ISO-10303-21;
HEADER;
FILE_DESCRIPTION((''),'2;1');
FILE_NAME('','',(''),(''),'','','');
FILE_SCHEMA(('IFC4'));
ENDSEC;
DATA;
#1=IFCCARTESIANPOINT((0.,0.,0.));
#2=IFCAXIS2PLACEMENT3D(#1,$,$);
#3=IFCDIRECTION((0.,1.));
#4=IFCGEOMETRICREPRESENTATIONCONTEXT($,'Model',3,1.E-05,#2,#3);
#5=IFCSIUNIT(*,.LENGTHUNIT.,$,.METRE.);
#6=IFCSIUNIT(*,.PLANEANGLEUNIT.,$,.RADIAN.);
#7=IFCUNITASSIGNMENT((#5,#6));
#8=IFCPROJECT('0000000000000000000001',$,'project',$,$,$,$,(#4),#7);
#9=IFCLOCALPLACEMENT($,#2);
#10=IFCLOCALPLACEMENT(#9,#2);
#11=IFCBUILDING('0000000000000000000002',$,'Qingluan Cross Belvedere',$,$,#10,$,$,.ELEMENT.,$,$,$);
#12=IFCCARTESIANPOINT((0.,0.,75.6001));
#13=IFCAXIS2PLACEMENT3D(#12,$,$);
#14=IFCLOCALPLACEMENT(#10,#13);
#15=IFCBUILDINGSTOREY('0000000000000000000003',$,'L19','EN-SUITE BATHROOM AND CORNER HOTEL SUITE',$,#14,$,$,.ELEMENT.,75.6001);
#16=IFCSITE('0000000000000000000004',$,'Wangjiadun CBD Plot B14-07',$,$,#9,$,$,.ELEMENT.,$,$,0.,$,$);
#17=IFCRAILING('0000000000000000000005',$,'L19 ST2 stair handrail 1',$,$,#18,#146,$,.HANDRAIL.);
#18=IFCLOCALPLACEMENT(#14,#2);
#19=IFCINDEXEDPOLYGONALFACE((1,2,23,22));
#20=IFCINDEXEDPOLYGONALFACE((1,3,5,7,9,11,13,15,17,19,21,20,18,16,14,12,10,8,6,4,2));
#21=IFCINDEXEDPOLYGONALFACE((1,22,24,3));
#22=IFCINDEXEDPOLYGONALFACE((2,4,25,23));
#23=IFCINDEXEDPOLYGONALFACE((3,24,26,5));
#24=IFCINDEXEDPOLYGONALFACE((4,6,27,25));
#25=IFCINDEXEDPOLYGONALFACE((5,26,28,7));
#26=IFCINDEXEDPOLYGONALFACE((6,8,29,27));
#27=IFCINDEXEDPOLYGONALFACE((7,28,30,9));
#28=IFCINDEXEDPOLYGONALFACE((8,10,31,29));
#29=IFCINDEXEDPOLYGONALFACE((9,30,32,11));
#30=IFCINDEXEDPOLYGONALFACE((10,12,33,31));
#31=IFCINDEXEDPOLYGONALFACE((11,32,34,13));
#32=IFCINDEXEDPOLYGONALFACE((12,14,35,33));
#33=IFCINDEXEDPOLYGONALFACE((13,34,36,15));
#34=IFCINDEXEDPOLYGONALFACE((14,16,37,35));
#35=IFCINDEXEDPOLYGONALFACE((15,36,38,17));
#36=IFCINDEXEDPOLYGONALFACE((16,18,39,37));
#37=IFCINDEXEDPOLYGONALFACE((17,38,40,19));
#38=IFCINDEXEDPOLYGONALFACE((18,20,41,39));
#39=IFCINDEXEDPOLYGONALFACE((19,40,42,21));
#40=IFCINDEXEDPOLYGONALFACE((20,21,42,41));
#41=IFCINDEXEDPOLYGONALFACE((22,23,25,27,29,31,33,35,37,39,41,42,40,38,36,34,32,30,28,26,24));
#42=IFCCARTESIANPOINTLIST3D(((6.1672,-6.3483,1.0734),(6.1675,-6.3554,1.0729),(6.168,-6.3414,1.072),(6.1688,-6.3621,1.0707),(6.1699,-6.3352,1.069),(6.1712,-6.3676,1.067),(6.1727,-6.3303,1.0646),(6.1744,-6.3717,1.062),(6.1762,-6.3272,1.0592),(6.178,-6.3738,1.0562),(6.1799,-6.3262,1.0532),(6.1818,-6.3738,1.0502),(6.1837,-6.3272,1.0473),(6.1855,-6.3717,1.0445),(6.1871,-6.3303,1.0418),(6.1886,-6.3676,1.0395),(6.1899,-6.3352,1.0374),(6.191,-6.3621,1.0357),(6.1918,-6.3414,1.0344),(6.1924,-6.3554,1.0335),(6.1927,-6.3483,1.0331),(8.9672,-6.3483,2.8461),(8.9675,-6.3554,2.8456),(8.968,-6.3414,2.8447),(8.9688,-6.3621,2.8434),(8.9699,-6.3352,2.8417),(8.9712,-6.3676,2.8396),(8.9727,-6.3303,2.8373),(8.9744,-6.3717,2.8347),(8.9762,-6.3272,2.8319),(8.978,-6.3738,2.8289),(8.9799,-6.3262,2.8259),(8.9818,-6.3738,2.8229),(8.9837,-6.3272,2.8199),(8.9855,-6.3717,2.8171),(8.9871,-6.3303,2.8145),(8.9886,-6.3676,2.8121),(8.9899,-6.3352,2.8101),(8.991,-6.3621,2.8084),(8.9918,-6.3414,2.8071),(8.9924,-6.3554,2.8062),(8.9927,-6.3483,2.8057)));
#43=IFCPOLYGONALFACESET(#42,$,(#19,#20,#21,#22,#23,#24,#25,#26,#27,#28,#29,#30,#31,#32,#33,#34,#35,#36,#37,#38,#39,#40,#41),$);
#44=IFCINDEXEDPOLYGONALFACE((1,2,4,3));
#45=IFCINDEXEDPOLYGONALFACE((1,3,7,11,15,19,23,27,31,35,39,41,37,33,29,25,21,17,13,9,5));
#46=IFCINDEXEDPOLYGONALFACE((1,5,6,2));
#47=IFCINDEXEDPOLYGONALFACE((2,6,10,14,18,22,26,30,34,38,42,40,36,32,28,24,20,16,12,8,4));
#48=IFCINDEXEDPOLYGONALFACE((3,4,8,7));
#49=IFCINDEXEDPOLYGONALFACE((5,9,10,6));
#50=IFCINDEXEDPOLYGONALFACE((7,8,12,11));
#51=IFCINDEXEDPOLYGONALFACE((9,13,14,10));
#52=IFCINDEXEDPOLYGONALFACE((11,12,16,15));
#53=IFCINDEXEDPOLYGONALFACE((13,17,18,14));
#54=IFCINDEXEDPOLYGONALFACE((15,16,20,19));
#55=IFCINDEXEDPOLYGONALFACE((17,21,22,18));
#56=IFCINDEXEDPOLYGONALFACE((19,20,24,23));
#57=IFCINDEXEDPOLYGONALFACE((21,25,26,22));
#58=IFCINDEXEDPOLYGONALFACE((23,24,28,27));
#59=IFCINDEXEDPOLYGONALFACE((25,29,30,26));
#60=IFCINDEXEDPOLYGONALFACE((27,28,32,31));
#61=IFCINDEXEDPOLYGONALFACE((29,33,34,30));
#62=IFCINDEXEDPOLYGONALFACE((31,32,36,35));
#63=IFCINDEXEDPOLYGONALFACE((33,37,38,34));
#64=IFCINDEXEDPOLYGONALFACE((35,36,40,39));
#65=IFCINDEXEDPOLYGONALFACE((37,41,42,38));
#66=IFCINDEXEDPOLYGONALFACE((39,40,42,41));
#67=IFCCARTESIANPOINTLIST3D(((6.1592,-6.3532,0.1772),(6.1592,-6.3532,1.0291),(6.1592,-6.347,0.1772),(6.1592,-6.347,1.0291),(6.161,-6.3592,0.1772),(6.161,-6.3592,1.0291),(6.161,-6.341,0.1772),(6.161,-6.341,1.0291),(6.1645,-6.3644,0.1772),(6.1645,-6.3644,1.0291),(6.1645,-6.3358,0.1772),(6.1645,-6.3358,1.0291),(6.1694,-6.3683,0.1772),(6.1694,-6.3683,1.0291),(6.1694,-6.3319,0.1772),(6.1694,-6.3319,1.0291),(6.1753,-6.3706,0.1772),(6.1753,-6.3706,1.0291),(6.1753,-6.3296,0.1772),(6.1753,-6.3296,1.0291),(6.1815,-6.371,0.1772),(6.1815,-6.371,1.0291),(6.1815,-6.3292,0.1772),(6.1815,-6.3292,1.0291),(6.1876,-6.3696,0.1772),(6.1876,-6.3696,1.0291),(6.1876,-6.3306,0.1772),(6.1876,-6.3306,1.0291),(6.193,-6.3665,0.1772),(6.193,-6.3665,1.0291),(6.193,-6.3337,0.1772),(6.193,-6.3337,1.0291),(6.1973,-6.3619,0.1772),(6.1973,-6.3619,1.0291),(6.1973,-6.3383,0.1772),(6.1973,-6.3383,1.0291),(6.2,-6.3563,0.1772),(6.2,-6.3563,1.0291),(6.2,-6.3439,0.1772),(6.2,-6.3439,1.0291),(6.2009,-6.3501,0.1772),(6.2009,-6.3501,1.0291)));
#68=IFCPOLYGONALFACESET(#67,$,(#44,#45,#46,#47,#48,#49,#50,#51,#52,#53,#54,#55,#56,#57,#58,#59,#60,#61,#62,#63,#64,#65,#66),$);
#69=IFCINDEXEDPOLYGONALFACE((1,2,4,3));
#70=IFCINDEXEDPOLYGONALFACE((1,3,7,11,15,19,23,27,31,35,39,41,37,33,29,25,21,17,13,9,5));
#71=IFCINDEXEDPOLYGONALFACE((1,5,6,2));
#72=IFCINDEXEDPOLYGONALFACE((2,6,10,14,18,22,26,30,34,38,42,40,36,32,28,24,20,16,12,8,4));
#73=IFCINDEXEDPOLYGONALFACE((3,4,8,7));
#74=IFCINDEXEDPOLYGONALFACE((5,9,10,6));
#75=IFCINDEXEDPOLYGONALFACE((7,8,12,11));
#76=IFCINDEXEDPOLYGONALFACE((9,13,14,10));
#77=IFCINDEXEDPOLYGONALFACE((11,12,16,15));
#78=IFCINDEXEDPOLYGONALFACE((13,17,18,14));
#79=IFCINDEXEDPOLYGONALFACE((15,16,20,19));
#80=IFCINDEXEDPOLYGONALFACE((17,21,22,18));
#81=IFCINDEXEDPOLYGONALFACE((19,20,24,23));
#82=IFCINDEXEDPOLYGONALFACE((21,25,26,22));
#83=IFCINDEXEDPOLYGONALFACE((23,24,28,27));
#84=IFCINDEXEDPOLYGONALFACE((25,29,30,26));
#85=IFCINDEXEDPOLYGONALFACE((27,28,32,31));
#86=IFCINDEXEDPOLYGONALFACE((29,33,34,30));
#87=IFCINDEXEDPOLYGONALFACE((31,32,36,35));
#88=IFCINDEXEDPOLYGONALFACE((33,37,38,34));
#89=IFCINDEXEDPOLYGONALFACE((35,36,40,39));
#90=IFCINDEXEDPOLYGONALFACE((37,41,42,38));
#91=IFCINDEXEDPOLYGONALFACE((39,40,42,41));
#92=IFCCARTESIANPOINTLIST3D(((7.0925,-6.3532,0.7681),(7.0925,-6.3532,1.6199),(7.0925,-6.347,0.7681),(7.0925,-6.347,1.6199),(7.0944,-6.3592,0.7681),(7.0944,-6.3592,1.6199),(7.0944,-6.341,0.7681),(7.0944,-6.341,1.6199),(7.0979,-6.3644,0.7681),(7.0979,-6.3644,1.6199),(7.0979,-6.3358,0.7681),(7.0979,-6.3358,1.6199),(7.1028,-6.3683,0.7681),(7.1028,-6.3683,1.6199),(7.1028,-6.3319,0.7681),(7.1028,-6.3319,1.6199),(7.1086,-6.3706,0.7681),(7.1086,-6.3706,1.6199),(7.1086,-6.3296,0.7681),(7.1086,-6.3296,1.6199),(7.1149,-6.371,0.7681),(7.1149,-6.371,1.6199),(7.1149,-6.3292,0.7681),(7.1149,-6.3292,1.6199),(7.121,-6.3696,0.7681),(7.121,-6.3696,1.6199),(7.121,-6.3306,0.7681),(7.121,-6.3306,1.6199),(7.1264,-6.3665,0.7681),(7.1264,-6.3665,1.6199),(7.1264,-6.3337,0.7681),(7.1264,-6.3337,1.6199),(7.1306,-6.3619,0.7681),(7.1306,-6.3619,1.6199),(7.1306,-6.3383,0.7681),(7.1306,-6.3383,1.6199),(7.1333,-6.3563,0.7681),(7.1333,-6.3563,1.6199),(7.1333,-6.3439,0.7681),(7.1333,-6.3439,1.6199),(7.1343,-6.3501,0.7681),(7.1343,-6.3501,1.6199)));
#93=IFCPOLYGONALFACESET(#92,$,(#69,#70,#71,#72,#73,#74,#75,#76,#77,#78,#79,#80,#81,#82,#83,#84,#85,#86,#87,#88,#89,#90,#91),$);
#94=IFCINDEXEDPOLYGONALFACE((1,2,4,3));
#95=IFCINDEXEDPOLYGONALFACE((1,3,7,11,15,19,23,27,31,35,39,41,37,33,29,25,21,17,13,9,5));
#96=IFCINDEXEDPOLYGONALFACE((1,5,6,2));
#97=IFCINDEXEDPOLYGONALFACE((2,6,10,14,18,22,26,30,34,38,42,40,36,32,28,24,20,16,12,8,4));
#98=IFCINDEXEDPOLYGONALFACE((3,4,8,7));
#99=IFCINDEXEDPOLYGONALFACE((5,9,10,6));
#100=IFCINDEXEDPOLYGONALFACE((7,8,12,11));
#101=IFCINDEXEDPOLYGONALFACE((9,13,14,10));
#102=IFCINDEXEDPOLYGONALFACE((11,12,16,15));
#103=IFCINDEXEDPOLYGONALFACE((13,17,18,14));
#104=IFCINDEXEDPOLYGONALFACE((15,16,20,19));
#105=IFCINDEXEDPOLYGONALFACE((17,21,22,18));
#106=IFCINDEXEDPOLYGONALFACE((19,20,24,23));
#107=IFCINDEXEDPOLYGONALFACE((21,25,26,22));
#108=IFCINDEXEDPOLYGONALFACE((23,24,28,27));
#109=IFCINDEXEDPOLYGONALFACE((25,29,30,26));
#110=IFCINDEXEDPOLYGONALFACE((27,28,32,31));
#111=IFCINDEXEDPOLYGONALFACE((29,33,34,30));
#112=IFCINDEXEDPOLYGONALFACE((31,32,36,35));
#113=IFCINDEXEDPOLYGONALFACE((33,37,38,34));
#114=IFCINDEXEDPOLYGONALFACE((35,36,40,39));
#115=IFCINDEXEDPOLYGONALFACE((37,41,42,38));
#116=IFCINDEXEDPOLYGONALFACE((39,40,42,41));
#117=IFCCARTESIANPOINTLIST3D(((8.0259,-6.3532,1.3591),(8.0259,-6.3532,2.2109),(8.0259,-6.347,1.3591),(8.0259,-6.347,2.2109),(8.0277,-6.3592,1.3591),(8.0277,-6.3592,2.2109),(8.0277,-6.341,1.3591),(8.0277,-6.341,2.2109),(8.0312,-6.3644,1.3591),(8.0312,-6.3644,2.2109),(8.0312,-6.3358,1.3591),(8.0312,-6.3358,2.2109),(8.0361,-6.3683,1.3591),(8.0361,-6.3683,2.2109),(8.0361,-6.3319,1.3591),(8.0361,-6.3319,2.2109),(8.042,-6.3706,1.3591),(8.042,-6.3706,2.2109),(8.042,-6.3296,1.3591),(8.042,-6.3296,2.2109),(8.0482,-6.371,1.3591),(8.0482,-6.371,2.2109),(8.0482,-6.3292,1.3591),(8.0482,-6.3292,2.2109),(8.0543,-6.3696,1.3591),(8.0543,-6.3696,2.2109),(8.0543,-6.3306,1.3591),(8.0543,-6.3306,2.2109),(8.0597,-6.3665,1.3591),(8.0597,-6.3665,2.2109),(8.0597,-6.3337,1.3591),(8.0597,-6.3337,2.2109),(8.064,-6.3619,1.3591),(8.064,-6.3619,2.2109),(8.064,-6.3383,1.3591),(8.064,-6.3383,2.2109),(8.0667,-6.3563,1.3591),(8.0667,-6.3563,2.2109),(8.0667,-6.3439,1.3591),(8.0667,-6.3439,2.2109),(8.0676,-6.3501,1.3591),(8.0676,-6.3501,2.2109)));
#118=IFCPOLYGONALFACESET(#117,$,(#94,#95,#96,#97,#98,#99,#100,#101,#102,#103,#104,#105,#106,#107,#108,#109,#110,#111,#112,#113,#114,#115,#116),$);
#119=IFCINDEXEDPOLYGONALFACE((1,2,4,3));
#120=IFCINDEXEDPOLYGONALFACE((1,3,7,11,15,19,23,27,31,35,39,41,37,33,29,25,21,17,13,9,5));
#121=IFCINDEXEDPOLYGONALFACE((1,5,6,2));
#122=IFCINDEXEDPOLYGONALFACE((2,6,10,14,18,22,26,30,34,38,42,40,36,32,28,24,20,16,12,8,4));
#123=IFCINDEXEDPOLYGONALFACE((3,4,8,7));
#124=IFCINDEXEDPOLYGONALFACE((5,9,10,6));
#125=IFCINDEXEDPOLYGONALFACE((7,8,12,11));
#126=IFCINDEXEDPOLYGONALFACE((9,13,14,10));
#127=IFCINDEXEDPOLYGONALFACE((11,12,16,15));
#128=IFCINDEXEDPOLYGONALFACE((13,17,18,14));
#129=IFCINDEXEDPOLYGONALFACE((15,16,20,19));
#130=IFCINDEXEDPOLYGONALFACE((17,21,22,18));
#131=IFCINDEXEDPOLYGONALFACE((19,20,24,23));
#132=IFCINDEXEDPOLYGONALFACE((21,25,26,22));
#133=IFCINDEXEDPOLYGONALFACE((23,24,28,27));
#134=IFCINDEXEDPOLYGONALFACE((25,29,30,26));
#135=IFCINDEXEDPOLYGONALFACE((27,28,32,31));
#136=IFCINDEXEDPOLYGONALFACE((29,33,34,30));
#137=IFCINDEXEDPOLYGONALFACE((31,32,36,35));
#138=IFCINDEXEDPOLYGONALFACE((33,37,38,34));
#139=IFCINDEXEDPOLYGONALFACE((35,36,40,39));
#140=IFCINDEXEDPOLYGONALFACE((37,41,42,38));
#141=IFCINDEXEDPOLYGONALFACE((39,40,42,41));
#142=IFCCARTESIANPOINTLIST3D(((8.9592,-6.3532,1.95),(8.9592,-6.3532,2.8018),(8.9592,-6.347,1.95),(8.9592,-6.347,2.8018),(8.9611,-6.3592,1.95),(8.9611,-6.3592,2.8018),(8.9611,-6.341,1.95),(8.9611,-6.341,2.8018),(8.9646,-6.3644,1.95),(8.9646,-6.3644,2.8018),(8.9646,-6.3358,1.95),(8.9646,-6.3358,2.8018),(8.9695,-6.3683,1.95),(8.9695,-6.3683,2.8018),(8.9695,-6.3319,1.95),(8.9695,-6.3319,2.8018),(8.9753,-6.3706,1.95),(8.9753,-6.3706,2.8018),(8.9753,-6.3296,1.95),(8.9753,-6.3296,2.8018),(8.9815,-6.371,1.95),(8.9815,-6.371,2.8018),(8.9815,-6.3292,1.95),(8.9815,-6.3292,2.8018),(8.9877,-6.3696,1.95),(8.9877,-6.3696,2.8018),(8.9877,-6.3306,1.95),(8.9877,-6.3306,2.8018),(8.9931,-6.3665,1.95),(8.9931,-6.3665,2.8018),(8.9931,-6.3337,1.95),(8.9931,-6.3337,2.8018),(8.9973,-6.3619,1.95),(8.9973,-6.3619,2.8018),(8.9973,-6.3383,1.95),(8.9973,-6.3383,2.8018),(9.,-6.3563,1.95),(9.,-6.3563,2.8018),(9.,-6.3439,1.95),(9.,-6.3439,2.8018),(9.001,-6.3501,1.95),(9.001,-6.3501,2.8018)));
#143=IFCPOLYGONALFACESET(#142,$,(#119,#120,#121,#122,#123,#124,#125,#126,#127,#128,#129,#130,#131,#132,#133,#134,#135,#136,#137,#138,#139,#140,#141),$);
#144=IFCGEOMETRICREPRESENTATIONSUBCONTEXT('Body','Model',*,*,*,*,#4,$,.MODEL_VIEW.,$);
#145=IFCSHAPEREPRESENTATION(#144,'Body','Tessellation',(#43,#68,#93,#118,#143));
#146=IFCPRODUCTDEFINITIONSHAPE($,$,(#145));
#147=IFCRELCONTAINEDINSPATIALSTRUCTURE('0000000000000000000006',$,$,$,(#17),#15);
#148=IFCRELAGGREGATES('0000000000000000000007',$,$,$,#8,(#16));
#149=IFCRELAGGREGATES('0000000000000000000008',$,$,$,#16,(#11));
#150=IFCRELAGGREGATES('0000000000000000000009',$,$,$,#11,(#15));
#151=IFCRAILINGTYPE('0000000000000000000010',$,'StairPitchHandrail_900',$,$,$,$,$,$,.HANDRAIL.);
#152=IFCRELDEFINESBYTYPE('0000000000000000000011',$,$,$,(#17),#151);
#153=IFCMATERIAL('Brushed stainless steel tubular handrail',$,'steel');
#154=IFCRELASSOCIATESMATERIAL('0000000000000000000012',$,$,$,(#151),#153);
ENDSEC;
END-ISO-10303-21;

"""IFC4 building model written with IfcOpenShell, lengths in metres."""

from ifc_helpers import new_model, si_unit, direction, frame, origin, origin_2d, place, context, subcontext, project, spatial, circle, extrude, material, type_object, element, save


model = new_model("IFC4")

# Units and contexts
model_context = context("Model", 3, precision=1e-05, world=origin(), true_north=direction((0.0, 1.0)))
body_context = subcontext(model_context, "Body", "Model", "MODEL_VIEW")
ifc_project = project(units=[si_unit("LENGTHUNIT", "METRE"), si_unit("PLANEANGLEUNIT", "RADIAN")], contexts=[model_context])

# Site, building, storey
site_placement = place(None, origin())
site = spatial("IfcSite", under=ifc_project, at=site_placement, Name="Wangjiadun CBD Plot B14-07", CompositionType="ELEMENT", RefElevation=0.0)
building_placement = place(site_placement, origin())
building = spatial("IfcBuilding", under=site, at=building_placement, Name="Qingluan Cross Belvedere", CompositionType="ELEMENT")
storey_placement = place(building_placement, frame((0.0, 0.0, 75.6001)))
storey = spatial("IfcBuildingStorey", under=building, at=storey_placement, Name="L19", Description="EN-SUITE BATHROOM AND CORNER HOTEL SUITE", CompositionType="ELEMENT", Elevation=75.6001)

# Railing
ifc_material_1 = material(Name="Brushed stainless steel tubular handrail", Category="steel")
railing_type_1 = type_object("IfcRailingType", Name="StairPitchHandrail_900", PredefinedType="HANDRAIL", material=ifc_material_1)
for number, where, name in (
    (1, (6.1799, -6.3501, 0.1772), "L19 ST2 stair handrail 1"),
):
    element("IfcRailing", number, at=place(storey_placement, frame(where)), inside=storey, type_object=railing_type_1, Name=name, PredefinedType="HANDRAIL", context=body_context, shape_type="SweptSolid", body=[
        extrude(circle(Radius=0.0239, at=origin_2d()), frame((0.0, 0.0, 0.876), z_axis=(0.844909, 0.0, 0.53491), x_axis=(0.0, 1.0, 0.0)), (0.0, 0.0, 1.0), 3.314),
        extrude(circle(Radius=0.021, at=origin_2d()), origin(), (0.0, 0.0, 1.0), 0.8518),
        extrude(circle(Radius=0.021, at=origin_2d()), frame((0.9333, 0.0, 0.5908)), (0.0, 0.0, 1.0), 0.8518),
        extrude(circle(Radius=0.021, at=origin_2d()), frame((1.8667, 0.0, 1.1819)), (0.0, 0.0, 1.0), 0.8518),
        extrude(circle(Radius=0.021, at=origin_2d()), frame((2.8, 0.0, 1.7727)), (0.0, 0.0, 1.0), 0.8518),
    ])

save(model, "model.ifc")
